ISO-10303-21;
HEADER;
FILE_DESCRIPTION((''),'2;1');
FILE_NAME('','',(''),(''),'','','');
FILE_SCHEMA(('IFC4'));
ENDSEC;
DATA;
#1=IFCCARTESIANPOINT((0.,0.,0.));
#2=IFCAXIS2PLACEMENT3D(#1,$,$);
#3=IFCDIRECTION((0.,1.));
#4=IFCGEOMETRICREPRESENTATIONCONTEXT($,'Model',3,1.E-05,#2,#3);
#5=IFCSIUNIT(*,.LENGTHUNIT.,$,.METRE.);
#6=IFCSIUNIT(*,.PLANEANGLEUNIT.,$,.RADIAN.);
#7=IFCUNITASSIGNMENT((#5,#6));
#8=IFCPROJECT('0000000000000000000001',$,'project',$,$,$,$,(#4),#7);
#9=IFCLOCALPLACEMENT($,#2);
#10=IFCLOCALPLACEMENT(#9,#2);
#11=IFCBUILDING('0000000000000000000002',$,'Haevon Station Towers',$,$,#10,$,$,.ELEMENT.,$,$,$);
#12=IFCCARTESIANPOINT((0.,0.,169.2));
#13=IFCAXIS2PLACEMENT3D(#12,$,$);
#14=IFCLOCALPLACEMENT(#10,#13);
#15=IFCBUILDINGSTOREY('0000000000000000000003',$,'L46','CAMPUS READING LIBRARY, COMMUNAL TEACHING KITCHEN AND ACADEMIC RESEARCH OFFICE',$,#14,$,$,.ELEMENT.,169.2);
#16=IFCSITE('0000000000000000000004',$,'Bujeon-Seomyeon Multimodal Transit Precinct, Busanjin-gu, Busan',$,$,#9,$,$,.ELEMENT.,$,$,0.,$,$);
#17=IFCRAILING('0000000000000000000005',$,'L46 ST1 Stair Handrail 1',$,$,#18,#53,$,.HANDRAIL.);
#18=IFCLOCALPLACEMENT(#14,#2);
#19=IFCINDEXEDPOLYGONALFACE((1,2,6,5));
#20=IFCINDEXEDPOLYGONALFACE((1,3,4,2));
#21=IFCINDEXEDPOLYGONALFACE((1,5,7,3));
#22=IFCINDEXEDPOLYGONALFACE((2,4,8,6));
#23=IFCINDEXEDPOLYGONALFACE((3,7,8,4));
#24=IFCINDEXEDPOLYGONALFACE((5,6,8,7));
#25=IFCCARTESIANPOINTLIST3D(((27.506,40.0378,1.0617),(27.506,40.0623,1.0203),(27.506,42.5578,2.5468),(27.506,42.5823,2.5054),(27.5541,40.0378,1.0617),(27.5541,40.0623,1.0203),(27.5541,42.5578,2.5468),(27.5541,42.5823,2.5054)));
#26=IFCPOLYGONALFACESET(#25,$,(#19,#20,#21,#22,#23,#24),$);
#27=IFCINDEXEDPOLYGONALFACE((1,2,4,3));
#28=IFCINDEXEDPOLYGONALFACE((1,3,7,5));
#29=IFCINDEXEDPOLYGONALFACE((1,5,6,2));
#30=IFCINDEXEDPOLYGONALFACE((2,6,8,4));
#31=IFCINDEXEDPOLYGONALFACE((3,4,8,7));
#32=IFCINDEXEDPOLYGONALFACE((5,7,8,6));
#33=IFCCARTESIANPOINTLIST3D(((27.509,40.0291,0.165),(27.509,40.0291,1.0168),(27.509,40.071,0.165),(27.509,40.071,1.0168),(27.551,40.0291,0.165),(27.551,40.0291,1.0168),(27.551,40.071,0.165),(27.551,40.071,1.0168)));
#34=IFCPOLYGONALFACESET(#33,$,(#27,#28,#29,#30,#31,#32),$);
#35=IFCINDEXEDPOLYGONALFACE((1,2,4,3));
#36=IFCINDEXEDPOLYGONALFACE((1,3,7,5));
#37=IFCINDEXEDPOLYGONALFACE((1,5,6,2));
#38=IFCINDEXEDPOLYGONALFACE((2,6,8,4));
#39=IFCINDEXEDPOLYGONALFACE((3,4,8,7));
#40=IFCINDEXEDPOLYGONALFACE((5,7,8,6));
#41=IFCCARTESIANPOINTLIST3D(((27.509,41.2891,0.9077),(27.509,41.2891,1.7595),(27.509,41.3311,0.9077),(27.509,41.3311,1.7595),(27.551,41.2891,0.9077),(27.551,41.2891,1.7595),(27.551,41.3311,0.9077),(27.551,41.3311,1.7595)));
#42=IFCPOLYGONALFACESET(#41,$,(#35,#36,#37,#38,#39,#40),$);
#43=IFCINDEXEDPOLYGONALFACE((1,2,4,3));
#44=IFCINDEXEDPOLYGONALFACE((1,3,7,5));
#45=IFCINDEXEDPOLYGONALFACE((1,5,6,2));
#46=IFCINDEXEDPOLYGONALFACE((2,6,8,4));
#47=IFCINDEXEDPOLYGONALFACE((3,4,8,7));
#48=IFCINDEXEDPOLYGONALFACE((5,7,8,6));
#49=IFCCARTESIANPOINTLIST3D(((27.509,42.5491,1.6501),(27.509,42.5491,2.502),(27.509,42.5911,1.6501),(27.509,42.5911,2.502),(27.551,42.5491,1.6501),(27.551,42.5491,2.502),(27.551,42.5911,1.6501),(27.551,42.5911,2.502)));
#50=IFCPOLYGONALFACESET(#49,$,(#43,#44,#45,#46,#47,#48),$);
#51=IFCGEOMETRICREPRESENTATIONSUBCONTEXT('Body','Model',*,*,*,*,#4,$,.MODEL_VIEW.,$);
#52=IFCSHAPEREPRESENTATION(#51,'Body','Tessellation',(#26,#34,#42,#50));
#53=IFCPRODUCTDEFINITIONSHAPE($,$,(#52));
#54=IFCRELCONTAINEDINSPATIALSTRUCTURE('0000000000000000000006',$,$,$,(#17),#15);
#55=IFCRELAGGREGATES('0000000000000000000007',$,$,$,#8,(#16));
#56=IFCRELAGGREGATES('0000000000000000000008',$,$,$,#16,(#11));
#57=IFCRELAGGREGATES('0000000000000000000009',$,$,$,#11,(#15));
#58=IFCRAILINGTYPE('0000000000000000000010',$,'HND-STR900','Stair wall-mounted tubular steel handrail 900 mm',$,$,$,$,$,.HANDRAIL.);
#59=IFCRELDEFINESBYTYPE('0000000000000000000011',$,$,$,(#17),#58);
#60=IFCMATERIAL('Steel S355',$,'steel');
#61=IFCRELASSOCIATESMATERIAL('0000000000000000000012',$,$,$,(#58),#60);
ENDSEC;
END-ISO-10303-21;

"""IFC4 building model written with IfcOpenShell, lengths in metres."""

from ifc_helpers import new_model, si_unit, direction, frame, origin, origin_2d, place, context, subcontext, project, spatial, rectangle, extrude, material, type_object, element, save


model = new_model("IFC4")

# Units and contexts
model_context = context("Model", 3, precision=1e-05, world=origin(), true_north=direction((0.0, 1.0)))
body_context = subcontext(model_context, "Body", "Model", "MODEL_VIEW")
ifc_project = project(units=[si_unit("LENGTHUNIT", "METRE"), si_unit("PLANEANGLEUNIT", "RADIAN")], contexts=[model_context])

# Site, building, storey
site_placement = place(None, origin())
site = spatial("IfcSite", under=ifc_project, at=site_placement, Name="Bujeon-Seomyeon Multimodal Transit Precinct, Busanjin-gu, Busan", CompositionType="ELEMENT", RefElevation=0.0)
building_placement = place(site_placement, origin())
building = spatial("IfcBuilding", under=site, at=building_placement, Name="Haevon Station Towers", CompositionType="ELEMENT")
storey_placement = place(building_placement, frame((0.0, 0.0, 169.2)))
storey = spatial("IfcBuildingStorey", under=building, at=storey_placement, Name="L46", Description="CAMPUS READING LIBRARY, COMMUNAL TEACHING KITCHEN AND ACADEMIC RESEARCH OFFICE", CompositionType="ELEMENT", Elevation=169.2)

# Shared definitions
ifc_material_1 = material(Name="Steel S355", Category="steel")

# Railing
railing_type_1 = type_object("IfcRailingType", Name="HND-STR900", Description="Stair wall-mounted tubular steel handrail 900 mm", PredefinedType="HANDRAIL", material=ifc_material_1)
railing_1_placement = place(storey_placement, frame((27.53, 40.05, 0.165)))
element("IfcRailing", 1, at=railing_1_placement, inside=storey, type_object=railing_type_1, Name="L46 ST1 Stair Handrail 1", PredefinedType="HANDRAIL", context=body_context, shape_type="SweptSolid", body=[
    extrude(rectangle(XDim=0.0481, YDim=0.0481, at=origin_2d()), frame((0.0, 0.0, 0.876), z_axis=(0.0, 0.861524, 0.507717), x_axis=(-1.0, 0.0, 0.0)), (0.0, 0.0, 1.0), 2.925),
    extrude(rectangle(XDim=0.042, YDim=0.042, at=origin_2d()), origin(), (0.0, 0.0, 1.0), 0.8518),
    extrude(rectangle(XDim=0.042, YDim=0.042, at=origin_2d()), frame((0.0, 1.26, 0.7427)), (0.0, 0.0, 1.0), 0.8518),
    extrude(rectangle(XDim=0.042, YDim=0.042, at=origin_2d()), frame((0.0, 2.52, 1.4851)), (0.0, 0.0, 1.0), 0.8518),
])

save(model, "model.ifc")
